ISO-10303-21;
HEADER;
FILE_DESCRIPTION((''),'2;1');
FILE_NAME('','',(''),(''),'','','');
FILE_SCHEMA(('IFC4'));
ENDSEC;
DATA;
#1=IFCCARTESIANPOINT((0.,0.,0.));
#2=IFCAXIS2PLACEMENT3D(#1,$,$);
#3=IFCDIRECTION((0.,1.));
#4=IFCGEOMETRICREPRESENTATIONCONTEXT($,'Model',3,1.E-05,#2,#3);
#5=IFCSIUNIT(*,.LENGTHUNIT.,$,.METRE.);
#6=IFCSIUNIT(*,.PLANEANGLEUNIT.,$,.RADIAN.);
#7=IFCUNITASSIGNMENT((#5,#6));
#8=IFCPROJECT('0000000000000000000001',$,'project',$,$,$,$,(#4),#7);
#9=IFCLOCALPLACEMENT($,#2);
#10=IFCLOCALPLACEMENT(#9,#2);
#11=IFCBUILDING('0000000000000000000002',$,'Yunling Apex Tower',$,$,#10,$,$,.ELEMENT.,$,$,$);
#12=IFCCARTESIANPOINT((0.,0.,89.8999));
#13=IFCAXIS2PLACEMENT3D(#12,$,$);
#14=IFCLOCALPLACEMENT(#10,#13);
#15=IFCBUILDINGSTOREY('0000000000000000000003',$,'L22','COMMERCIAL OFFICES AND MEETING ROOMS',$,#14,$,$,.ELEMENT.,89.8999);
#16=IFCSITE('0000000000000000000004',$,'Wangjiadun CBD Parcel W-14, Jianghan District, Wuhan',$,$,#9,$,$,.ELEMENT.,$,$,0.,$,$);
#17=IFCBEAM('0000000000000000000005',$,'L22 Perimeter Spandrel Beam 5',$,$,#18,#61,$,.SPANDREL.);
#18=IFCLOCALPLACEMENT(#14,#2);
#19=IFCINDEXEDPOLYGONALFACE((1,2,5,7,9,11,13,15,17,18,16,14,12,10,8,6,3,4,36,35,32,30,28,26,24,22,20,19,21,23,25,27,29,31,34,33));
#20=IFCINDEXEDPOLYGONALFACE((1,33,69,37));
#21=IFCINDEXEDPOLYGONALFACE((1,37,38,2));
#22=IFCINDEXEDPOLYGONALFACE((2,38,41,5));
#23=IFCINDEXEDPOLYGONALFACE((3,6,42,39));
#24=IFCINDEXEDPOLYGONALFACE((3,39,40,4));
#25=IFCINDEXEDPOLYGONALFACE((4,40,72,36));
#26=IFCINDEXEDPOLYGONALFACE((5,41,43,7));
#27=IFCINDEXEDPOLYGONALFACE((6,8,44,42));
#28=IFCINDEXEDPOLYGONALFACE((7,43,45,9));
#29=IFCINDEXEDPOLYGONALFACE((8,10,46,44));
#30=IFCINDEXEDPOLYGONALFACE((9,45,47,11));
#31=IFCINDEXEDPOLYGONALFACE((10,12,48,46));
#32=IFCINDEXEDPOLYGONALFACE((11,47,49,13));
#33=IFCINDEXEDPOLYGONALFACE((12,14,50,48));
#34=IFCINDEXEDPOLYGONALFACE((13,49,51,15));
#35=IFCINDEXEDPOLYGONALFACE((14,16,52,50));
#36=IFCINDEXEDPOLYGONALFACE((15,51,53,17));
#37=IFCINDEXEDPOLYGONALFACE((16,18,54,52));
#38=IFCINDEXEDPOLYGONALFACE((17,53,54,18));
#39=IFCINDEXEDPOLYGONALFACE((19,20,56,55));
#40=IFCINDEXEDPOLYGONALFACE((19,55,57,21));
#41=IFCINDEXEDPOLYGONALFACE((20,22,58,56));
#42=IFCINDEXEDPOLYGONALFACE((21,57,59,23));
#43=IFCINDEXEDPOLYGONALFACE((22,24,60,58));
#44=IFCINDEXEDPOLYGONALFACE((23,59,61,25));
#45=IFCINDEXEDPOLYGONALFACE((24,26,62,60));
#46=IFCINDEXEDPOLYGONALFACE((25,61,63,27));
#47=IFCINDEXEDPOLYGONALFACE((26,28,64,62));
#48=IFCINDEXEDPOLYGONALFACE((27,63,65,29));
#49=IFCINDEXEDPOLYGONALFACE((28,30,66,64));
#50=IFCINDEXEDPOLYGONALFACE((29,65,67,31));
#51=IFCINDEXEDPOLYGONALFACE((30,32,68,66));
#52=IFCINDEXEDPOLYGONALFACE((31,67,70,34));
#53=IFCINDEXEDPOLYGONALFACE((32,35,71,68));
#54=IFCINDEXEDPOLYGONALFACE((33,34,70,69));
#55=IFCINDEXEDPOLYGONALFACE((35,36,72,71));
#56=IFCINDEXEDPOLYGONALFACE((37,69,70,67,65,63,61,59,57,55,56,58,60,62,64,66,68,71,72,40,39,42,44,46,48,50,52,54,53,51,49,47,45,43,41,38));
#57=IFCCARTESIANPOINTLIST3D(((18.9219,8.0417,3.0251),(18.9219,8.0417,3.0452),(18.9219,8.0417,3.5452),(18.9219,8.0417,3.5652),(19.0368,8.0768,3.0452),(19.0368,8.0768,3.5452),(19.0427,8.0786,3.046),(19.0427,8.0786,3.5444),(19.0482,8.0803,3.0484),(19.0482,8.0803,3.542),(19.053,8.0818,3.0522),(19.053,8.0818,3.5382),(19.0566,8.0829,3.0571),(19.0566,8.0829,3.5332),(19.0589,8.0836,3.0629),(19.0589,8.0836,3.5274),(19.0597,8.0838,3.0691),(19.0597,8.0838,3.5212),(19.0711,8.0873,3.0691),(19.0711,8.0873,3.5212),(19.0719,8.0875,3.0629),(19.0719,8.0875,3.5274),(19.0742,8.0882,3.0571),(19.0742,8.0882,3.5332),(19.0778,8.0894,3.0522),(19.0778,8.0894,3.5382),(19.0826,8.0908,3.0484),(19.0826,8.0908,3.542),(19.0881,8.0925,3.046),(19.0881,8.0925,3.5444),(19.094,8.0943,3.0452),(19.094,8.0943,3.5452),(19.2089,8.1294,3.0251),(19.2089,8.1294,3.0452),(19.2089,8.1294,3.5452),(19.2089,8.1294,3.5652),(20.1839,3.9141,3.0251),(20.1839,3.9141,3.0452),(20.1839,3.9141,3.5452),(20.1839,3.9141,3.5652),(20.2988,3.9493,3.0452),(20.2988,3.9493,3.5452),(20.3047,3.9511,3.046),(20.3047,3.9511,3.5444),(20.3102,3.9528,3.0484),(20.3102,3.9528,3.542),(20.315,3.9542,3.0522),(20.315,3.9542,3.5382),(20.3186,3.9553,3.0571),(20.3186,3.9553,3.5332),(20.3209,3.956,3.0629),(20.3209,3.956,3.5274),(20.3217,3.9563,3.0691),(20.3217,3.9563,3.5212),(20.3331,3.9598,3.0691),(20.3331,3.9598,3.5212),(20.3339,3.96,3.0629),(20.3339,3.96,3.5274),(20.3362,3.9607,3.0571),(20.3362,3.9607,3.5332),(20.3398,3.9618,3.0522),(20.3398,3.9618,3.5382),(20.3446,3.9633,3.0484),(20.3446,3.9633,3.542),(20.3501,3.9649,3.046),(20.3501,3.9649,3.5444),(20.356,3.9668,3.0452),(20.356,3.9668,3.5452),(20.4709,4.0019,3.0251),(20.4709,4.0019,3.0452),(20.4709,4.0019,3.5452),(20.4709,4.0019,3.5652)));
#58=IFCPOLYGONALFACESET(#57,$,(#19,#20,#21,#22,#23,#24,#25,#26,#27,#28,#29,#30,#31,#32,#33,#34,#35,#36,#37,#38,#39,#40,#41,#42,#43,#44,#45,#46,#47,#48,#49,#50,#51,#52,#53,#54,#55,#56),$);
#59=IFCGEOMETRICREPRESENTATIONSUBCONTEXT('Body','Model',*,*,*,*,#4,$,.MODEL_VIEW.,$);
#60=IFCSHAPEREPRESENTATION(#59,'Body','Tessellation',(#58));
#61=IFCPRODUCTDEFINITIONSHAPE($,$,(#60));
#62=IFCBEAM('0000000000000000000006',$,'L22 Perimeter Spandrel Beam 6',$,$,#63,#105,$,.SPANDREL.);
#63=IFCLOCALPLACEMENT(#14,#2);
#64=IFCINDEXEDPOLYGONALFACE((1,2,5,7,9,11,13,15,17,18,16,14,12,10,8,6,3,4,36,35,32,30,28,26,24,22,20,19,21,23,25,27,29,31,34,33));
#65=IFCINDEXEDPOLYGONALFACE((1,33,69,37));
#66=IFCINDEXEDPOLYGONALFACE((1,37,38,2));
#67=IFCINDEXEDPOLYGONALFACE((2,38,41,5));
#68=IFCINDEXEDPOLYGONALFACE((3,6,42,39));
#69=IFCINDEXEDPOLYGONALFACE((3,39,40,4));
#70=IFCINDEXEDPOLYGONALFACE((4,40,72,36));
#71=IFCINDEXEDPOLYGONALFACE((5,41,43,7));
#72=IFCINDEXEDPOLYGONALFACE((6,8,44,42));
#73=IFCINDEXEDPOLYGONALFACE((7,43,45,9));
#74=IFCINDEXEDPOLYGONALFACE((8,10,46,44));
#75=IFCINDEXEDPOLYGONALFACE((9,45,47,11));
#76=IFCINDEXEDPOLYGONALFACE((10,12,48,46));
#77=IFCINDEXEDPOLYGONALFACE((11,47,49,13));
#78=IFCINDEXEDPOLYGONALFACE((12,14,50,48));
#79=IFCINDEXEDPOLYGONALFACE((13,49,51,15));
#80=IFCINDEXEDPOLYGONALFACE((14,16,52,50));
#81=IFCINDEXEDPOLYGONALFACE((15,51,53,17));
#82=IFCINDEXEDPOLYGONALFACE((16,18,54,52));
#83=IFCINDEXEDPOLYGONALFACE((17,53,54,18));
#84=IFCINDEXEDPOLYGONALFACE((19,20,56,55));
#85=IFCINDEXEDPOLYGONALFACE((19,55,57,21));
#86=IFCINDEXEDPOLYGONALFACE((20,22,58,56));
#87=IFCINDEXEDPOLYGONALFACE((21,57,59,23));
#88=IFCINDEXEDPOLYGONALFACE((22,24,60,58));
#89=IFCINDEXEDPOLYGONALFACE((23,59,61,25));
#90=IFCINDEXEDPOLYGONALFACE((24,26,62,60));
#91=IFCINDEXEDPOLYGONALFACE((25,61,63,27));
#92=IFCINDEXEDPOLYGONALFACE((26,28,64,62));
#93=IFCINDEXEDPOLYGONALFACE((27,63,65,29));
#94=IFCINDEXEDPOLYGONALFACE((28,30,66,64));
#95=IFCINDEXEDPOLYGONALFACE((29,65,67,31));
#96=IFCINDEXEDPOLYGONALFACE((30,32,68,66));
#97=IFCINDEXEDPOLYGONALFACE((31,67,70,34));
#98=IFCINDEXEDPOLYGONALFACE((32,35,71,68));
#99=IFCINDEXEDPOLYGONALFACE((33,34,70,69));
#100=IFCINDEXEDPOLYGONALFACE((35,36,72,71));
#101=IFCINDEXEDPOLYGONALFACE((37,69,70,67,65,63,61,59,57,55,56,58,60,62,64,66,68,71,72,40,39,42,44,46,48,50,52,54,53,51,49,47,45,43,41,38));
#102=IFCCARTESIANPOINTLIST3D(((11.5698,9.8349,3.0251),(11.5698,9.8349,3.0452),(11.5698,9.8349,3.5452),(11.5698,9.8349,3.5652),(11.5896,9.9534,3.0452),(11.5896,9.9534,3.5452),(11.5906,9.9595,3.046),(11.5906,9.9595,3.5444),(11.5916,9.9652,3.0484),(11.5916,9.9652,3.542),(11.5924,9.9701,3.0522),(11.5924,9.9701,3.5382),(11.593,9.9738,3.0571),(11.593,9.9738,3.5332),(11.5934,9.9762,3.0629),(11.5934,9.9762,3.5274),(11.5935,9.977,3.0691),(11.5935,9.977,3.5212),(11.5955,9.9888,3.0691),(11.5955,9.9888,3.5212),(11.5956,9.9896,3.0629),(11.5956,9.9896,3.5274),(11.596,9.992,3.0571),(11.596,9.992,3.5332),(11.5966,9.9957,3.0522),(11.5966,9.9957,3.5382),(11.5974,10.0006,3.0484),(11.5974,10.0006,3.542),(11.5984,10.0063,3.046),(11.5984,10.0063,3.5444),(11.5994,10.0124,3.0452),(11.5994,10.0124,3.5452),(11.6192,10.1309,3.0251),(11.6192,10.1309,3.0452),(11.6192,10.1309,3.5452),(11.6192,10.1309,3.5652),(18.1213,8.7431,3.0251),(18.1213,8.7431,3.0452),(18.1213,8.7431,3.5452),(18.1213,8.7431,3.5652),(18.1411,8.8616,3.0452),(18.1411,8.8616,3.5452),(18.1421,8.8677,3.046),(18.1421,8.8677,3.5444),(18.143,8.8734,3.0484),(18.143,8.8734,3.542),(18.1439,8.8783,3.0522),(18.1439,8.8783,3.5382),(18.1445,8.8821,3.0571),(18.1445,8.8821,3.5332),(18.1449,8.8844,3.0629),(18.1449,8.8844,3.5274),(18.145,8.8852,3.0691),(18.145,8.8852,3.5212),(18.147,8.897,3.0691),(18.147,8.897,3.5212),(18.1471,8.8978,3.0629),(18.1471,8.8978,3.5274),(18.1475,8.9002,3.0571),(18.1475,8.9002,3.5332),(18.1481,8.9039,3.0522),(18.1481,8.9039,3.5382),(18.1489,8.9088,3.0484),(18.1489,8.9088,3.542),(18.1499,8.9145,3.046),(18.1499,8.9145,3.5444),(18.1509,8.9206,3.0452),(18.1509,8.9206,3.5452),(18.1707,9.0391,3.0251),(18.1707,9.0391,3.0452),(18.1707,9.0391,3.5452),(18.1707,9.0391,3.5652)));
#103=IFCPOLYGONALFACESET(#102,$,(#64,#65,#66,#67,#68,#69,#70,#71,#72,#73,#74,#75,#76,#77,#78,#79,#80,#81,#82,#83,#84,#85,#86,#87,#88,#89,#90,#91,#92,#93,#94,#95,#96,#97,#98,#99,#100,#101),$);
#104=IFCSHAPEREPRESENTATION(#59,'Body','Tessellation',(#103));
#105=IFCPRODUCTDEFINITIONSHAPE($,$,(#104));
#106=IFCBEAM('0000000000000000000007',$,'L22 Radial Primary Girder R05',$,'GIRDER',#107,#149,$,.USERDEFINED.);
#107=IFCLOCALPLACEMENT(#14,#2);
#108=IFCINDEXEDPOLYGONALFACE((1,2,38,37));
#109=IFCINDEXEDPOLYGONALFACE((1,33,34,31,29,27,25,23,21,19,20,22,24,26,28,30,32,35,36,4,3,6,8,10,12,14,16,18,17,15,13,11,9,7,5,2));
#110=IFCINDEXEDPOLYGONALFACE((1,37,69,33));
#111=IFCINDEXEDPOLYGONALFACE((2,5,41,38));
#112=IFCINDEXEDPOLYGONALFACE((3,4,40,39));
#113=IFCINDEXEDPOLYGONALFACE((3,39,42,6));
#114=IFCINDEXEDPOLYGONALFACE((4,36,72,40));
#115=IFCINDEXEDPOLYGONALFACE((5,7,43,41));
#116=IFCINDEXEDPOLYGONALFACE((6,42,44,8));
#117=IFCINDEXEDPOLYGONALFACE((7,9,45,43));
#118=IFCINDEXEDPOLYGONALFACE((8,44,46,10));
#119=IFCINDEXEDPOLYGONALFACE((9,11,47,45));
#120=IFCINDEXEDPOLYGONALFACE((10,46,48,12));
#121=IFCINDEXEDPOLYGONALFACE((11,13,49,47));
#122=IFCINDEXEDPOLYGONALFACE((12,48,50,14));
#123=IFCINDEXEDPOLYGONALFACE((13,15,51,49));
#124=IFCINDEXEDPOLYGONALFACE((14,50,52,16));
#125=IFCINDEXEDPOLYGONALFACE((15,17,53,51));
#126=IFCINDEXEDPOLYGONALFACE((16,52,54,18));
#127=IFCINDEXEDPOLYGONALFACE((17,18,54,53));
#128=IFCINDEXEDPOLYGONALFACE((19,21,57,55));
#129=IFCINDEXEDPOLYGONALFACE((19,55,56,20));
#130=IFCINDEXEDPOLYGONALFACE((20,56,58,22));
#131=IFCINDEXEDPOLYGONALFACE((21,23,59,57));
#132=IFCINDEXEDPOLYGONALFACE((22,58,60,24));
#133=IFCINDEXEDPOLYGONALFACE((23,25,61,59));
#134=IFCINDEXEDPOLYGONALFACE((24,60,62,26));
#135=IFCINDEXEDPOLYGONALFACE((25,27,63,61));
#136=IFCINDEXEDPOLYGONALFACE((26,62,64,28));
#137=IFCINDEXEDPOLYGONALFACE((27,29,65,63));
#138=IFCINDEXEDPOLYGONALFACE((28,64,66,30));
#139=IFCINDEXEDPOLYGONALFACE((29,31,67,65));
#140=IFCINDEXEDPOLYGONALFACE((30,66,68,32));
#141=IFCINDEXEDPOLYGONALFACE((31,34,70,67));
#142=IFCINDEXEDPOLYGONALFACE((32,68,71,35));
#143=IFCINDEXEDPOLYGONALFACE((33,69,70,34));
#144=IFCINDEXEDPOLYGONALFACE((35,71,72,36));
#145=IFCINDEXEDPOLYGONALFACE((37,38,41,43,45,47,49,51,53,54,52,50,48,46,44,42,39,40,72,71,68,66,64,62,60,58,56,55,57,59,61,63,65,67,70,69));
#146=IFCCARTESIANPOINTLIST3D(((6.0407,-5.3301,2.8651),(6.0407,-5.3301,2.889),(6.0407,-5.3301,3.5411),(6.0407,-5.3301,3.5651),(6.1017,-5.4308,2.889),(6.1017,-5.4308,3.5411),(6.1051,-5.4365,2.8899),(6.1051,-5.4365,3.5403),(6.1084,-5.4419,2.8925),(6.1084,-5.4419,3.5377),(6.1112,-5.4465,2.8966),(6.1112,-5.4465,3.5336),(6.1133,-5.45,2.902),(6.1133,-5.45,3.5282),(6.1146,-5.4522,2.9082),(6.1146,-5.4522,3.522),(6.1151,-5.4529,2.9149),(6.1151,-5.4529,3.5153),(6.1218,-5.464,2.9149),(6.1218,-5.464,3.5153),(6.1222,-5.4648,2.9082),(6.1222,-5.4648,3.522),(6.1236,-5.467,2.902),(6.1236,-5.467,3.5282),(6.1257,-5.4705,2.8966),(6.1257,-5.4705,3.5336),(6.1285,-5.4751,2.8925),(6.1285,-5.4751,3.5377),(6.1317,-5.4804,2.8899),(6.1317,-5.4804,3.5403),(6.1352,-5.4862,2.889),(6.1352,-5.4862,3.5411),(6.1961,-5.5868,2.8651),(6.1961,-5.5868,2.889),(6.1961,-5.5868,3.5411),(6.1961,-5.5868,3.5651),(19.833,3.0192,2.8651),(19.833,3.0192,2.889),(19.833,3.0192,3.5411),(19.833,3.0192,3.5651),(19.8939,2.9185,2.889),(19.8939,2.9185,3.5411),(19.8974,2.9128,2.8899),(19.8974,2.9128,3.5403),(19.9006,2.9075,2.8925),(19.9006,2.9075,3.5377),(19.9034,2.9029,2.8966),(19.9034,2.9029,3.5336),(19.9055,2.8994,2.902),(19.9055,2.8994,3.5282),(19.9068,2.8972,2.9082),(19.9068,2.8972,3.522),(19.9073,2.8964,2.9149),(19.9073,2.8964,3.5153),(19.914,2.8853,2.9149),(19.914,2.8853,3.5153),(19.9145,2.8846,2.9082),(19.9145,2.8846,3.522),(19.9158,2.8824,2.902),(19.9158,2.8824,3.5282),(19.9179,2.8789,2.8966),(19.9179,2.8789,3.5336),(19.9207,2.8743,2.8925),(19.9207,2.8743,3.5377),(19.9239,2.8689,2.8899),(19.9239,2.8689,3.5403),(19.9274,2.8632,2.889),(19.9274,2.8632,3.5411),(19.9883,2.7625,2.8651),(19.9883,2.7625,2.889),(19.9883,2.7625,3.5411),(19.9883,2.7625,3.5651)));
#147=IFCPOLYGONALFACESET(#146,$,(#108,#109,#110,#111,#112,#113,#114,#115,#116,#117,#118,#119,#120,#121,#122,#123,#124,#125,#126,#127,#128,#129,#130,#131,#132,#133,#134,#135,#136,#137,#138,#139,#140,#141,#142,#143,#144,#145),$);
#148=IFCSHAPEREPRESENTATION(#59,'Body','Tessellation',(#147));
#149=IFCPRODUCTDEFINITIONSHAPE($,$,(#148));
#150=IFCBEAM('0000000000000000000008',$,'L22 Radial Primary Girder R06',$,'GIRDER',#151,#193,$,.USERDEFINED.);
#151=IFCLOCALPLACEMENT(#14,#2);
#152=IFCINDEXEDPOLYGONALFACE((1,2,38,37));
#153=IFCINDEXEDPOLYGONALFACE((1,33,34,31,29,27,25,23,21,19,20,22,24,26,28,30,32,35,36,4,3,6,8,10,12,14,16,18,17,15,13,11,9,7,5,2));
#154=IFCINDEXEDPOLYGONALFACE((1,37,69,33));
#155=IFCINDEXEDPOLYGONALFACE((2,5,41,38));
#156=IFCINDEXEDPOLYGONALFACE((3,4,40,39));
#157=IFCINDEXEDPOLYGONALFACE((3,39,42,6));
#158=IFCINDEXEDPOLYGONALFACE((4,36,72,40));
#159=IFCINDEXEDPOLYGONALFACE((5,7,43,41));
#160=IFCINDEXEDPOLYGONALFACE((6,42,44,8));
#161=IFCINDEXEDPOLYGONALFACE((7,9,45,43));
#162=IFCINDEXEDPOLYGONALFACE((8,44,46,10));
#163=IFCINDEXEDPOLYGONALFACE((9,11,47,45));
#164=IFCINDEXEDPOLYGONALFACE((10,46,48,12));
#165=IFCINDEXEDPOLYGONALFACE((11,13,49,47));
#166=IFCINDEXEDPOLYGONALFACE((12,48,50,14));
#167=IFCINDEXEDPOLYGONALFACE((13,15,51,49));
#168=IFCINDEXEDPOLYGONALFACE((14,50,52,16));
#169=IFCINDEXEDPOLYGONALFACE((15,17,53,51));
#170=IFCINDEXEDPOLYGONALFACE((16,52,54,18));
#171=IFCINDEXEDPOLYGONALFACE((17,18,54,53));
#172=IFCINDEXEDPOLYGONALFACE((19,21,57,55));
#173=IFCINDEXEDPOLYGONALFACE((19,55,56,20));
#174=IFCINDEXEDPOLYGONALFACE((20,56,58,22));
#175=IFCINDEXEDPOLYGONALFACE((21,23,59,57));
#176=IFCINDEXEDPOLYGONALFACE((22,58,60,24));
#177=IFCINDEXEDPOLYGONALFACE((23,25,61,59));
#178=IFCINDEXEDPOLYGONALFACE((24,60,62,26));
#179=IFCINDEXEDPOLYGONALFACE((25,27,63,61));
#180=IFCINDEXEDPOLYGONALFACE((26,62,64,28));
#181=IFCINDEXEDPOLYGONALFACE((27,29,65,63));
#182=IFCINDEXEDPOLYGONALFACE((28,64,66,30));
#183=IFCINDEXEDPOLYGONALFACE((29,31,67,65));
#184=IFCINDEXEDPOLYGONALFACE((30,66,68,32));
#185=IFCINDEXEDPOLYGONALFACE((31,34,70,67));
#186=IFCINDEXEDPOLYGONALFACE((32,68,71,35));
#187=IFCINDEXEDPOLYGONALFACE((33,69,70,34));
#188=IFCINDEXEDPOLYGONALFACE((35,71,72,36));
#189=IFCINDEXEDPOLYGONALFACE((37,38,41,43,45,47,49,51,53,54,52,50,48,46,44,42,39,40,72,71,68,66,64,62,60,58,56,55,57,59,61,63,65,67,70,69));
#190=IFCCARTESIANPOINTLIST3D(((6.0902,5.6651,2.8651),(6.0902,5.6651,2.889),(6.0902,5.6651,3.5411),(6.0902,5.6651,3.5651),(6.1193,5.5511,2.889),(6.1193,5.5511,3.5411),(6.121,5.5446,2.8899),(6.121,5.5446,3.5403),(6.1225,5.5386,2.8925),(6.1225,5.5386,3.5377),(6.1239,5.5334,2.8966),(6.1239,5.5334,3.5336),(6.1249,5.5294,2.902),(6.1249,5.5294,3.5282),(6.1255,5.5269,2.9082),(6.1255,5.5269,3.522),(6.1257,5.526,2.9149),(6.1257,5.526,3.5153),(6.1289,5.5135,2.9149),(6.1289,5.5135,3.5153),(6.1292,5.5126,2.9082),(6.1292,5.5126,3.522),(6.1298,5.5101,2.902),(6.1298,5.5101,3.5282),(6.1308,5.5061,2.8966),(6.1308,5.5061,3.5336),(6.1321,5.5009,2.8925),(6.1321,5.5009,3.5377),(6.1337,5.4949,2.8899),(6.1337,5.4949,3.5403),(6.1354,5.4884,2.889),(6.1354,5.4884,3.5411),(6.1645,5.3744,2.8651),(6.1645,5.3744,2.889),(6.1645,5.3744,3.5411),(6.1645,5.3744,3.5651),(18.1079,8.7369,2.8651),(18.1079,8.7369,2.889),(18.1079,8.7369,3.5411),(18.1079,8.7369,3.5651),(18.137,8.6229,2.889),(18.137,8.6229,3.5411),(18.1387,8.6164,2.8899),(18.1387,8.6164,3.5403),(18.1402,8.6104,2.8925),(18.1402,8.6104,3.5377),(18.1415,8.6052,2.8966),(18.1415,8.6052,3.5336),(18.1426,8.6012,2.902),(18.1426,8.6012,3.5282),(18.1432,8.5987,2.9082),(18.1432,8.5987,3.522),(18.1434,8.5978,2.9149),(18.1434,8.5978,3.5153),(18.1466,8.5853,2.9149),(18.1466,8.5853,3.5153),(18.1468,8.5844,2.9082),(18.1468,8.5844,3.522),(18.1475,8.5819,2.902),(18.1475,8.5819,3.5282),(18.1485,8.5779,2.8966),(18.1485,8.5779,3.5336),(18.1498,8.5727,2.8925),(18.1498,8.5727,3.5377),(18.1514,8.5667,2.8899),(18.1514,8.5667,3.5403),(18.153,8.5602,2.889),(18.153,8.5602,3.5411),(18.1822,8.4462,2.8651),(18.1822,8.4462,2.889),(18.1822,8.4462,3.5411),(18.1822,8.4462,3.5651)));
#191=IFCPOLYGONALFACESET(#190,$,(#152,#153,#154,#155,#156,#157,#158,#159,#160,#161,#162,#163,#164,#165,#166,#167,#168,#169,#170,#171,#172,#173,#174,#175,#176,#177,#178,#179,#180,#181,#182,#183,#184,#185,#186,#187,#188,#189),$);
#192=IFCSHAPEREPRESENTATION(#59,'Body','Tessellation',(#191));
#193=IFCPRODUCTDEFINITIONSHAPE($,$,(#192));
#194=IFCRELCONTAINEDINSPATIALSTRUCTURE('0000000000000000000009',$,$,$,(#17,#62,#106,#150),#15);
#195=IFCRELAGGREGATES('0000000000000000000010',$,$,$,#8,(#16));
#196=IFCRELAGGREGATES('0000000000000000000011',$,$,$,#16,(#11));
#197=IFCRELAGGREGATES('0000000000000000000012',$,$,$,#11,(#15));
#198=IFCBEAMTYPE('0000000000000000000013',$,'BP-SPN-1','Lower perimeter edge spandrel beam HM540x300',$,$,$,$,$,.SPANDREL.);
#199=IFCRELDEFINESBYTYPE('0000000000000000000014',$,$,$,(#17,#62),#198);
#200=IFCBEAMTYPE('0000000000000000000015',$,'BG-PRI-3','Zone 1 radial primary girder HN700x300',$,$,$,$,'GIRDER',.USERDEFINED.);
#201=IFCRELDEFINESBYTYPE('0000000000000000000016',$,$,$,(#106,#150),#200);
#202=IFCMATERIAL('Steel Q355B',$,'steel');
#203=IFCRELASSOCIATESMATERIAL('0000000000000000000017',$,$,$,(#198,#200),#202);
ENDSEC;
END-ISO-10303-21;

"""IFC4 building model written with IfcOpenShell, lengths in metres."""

from ifc_helpers import new_model, si_unit, direction, frame, origin, origin_2d, place, context, subcontext, project, spatial, i_section, extrude, source, transform, mapped, material, material_profile, profile_set, type_object, element, save


model = new_model("IFC4")

# Units and contexts
model_context = context("Model", 3, precision=1e-05, world=origin(), true_north=direction((0.0, 1.0)))
body_context = subcontext(model_context, "Body", "Model", "MODEL_VIEW")
ifc_project = project(units=[si_unit("LENGTHUNIT", "METRE"), si_unit("PLANEANGLEUNIT", "RADIAN")], contexts=[model_context])

# Site, building, storey
site_placement = place(None, origin())
site = spatial("IfcSite", under=ifc_project, at=site_placement, Name="Wangjiadun CBD Parcel W-14, Jianghan District, Wuhan", CompositionType="ELEMENT", RefElevation=0.0)
building_placement = place(site_placement, origin())
building = spatial("IfcBuilding", under=site, at=building_placement, Name="Yunling Apex Tower", CompositionType="ELEMENT")
storey_placement = place(building_placement, frame((0.0, 0.0, 89.8999)))
storey = spatial("IfcBuildingStorey", under=building, at=storey_placement, Name="L22", Description="COMMERCIAL OFFICES AND MEETING ROOMS", CompositionType="ELEMENT", Elevation=89.8999)

# Beams
ifc_material_1 = material(Name="Steel Q355B", Category="steel")
ifc_material_profile_1 = material_profile(ifc_material_1, i_section(OverallWidth=0.3, OverallDepth=0.54, WebThickness=0.012, FlangeThickness=0.02, FilletRadius=0.0239, at=origin_2d()))
ifc_profile_set_1 = profile_set([ifc_material_profile_1], Name="Steel Q355B")
beam_type_1 = type_object("IfcBeamType", Name="BP-SPN-1", Description="Lower perimeter edge spandrel beam HM540x300", PredefinedType="SPANDREL", material=ifc_profile_set_1)
shared_shape_1 = source(origin(), body_context, "Body", "SweptSolid", [
    extrude(i_section(OverallWidth=0.3, OverallDepth=0.54, WebThickness=0.012, FlangeThickness=0.02, FilletRadius=0.0239, at=origin_2d()), origin(), (0.0, 0.0, 1.0), 4.3162),
])
beam_1_placement = place(storey_placement, frame((20.3274, 3.958, 3.2952), z_axis=(-0.292388, 0.9563, 0.0), x_axis=(-0.9563, -0.292388, 0.0)))
element("IfcBeam", 1, at=beam_1_placement, inside=storey, type_object=beam_type_1, Name="L22 Perimeter Spandrel Beam 5", PredefinedType="SPANDREL", context=body_context, shape_type="MappedRepresentation", body=[
    mapped(shared_shape_1, transform((0.0, 0.0, 0.0), scale=1.0)),
])
shared_shape_2 = source(origin(), body_context, "Body", "SweptSolid", [
    extrude(i_section(OverallWidth=0.3, OverallDepth=0.54, WebThickness=0.012, FlangeThickness=0.02, FilletRadius=0.0239, at=origin_2d()), origin(), (0.0, 0.0, 1.0), 6.6418),
])
beam_2_placement = place(storey_placement, frame((18.146, 8.8911, 3.2952), z_axis=(-0.986397, 0.164381, 0.0), x_axis=(-0.164381, -0.986397, 0.0)))
element("IfcBeam", 2, at=beam_2_placement, inside=storey, type_object=beam_type_1, Name="L22 Perimeter Spandrel Beam 6", PredefinedType="SPANDREL", context=body_context, shape_type="MappedRepresentation", body=[
    mapped(shared_shape_2, transform((0.0, 0.0, 0.0), scale=1.0)),
])
ifc_material_profile_2 = material_profile(ifc_material_1, i_section(OverallWidth=0.3, OverallDepth=0.7, WebThickness=0.0129, FlangeThickness=0.0239, FilletRadius=0.0259, at=origin_2d()))
ifc_profile_set_2 = profile_set([ifc_material_profile_2], Name="Steel Q355B")
beam_type_2 = type_object("IfcBeamType", Name="BG-PRI-3", Description="Zone 1 radial primary girder HN700x300", ElementType="GIRDER", PredefinedType="USERDEFINED", material=ifc_profile_set_2)
shared_shape_3 = source(origin(), body_context, "Body", "SweptSolid", [
    extrude(i_section(OverallWidth=0.3, OverallDepth=0.7, WebThickness=0.0129, FlangeThickness=0.0239, FilletRadius=0.0259, at=origin_2d()), origin(), (0.0, 0.0, 1.0), 16.1226),
])
beam_3_placement = place(storey_placement, frame((19.9106, 2.8909, 3.2151), z_axis=(-0.855461, -0.517868, 0.0), x_axis=(0.517868, -0.855461, 0.0)))
element("IfcBeam", 3, at=beam_3_placement, inside=storey, type_object=beam_type_2, Name="L22 Radial Primary Girder R05", ObjectType="GIRDER", PredefinedType="USERDEFINED", context=body_context, shape_type="MappedRepresentation", body=[
    mapped(shared_shape_3, transform((0.0, 0.0, 0.0), scale=1.0)),
])
shared_shape_4 = source(origin(), body_context, "Body", "SweptSolid", [
    extrude(i_section(OverallWidth=0.3, OverallDepth=0.7, WebThickness=0.0129, FlangeThickness=0.0239, FilletRadius=0.0259, at=origin_2d()), origin(), (0.0, 0.0, 1.0), 12.4041),
])
beam_4_placement = place(storey_placement, frame((18.145, 8.5916, 3.2151), z_axis=(-0.968851, -0.247645, 0.0), x_axis=(0.247645, -0.968851, 0.0)))
element("IfcBeam", 4, at=beam_4_placement, inside=storey, type_object=beam_type_2, Name="L22 Radial Primary Girder R06", ObjectType="GIRDER", PredefinedType="USERDEFINED", context=body_context, shape_type="MappedRepresentation", body=[
    mapped(shared_shape_4, transform((0.0, 0.0, 0.0), scale=1.0)),
])

save(model, "model.ifc")
